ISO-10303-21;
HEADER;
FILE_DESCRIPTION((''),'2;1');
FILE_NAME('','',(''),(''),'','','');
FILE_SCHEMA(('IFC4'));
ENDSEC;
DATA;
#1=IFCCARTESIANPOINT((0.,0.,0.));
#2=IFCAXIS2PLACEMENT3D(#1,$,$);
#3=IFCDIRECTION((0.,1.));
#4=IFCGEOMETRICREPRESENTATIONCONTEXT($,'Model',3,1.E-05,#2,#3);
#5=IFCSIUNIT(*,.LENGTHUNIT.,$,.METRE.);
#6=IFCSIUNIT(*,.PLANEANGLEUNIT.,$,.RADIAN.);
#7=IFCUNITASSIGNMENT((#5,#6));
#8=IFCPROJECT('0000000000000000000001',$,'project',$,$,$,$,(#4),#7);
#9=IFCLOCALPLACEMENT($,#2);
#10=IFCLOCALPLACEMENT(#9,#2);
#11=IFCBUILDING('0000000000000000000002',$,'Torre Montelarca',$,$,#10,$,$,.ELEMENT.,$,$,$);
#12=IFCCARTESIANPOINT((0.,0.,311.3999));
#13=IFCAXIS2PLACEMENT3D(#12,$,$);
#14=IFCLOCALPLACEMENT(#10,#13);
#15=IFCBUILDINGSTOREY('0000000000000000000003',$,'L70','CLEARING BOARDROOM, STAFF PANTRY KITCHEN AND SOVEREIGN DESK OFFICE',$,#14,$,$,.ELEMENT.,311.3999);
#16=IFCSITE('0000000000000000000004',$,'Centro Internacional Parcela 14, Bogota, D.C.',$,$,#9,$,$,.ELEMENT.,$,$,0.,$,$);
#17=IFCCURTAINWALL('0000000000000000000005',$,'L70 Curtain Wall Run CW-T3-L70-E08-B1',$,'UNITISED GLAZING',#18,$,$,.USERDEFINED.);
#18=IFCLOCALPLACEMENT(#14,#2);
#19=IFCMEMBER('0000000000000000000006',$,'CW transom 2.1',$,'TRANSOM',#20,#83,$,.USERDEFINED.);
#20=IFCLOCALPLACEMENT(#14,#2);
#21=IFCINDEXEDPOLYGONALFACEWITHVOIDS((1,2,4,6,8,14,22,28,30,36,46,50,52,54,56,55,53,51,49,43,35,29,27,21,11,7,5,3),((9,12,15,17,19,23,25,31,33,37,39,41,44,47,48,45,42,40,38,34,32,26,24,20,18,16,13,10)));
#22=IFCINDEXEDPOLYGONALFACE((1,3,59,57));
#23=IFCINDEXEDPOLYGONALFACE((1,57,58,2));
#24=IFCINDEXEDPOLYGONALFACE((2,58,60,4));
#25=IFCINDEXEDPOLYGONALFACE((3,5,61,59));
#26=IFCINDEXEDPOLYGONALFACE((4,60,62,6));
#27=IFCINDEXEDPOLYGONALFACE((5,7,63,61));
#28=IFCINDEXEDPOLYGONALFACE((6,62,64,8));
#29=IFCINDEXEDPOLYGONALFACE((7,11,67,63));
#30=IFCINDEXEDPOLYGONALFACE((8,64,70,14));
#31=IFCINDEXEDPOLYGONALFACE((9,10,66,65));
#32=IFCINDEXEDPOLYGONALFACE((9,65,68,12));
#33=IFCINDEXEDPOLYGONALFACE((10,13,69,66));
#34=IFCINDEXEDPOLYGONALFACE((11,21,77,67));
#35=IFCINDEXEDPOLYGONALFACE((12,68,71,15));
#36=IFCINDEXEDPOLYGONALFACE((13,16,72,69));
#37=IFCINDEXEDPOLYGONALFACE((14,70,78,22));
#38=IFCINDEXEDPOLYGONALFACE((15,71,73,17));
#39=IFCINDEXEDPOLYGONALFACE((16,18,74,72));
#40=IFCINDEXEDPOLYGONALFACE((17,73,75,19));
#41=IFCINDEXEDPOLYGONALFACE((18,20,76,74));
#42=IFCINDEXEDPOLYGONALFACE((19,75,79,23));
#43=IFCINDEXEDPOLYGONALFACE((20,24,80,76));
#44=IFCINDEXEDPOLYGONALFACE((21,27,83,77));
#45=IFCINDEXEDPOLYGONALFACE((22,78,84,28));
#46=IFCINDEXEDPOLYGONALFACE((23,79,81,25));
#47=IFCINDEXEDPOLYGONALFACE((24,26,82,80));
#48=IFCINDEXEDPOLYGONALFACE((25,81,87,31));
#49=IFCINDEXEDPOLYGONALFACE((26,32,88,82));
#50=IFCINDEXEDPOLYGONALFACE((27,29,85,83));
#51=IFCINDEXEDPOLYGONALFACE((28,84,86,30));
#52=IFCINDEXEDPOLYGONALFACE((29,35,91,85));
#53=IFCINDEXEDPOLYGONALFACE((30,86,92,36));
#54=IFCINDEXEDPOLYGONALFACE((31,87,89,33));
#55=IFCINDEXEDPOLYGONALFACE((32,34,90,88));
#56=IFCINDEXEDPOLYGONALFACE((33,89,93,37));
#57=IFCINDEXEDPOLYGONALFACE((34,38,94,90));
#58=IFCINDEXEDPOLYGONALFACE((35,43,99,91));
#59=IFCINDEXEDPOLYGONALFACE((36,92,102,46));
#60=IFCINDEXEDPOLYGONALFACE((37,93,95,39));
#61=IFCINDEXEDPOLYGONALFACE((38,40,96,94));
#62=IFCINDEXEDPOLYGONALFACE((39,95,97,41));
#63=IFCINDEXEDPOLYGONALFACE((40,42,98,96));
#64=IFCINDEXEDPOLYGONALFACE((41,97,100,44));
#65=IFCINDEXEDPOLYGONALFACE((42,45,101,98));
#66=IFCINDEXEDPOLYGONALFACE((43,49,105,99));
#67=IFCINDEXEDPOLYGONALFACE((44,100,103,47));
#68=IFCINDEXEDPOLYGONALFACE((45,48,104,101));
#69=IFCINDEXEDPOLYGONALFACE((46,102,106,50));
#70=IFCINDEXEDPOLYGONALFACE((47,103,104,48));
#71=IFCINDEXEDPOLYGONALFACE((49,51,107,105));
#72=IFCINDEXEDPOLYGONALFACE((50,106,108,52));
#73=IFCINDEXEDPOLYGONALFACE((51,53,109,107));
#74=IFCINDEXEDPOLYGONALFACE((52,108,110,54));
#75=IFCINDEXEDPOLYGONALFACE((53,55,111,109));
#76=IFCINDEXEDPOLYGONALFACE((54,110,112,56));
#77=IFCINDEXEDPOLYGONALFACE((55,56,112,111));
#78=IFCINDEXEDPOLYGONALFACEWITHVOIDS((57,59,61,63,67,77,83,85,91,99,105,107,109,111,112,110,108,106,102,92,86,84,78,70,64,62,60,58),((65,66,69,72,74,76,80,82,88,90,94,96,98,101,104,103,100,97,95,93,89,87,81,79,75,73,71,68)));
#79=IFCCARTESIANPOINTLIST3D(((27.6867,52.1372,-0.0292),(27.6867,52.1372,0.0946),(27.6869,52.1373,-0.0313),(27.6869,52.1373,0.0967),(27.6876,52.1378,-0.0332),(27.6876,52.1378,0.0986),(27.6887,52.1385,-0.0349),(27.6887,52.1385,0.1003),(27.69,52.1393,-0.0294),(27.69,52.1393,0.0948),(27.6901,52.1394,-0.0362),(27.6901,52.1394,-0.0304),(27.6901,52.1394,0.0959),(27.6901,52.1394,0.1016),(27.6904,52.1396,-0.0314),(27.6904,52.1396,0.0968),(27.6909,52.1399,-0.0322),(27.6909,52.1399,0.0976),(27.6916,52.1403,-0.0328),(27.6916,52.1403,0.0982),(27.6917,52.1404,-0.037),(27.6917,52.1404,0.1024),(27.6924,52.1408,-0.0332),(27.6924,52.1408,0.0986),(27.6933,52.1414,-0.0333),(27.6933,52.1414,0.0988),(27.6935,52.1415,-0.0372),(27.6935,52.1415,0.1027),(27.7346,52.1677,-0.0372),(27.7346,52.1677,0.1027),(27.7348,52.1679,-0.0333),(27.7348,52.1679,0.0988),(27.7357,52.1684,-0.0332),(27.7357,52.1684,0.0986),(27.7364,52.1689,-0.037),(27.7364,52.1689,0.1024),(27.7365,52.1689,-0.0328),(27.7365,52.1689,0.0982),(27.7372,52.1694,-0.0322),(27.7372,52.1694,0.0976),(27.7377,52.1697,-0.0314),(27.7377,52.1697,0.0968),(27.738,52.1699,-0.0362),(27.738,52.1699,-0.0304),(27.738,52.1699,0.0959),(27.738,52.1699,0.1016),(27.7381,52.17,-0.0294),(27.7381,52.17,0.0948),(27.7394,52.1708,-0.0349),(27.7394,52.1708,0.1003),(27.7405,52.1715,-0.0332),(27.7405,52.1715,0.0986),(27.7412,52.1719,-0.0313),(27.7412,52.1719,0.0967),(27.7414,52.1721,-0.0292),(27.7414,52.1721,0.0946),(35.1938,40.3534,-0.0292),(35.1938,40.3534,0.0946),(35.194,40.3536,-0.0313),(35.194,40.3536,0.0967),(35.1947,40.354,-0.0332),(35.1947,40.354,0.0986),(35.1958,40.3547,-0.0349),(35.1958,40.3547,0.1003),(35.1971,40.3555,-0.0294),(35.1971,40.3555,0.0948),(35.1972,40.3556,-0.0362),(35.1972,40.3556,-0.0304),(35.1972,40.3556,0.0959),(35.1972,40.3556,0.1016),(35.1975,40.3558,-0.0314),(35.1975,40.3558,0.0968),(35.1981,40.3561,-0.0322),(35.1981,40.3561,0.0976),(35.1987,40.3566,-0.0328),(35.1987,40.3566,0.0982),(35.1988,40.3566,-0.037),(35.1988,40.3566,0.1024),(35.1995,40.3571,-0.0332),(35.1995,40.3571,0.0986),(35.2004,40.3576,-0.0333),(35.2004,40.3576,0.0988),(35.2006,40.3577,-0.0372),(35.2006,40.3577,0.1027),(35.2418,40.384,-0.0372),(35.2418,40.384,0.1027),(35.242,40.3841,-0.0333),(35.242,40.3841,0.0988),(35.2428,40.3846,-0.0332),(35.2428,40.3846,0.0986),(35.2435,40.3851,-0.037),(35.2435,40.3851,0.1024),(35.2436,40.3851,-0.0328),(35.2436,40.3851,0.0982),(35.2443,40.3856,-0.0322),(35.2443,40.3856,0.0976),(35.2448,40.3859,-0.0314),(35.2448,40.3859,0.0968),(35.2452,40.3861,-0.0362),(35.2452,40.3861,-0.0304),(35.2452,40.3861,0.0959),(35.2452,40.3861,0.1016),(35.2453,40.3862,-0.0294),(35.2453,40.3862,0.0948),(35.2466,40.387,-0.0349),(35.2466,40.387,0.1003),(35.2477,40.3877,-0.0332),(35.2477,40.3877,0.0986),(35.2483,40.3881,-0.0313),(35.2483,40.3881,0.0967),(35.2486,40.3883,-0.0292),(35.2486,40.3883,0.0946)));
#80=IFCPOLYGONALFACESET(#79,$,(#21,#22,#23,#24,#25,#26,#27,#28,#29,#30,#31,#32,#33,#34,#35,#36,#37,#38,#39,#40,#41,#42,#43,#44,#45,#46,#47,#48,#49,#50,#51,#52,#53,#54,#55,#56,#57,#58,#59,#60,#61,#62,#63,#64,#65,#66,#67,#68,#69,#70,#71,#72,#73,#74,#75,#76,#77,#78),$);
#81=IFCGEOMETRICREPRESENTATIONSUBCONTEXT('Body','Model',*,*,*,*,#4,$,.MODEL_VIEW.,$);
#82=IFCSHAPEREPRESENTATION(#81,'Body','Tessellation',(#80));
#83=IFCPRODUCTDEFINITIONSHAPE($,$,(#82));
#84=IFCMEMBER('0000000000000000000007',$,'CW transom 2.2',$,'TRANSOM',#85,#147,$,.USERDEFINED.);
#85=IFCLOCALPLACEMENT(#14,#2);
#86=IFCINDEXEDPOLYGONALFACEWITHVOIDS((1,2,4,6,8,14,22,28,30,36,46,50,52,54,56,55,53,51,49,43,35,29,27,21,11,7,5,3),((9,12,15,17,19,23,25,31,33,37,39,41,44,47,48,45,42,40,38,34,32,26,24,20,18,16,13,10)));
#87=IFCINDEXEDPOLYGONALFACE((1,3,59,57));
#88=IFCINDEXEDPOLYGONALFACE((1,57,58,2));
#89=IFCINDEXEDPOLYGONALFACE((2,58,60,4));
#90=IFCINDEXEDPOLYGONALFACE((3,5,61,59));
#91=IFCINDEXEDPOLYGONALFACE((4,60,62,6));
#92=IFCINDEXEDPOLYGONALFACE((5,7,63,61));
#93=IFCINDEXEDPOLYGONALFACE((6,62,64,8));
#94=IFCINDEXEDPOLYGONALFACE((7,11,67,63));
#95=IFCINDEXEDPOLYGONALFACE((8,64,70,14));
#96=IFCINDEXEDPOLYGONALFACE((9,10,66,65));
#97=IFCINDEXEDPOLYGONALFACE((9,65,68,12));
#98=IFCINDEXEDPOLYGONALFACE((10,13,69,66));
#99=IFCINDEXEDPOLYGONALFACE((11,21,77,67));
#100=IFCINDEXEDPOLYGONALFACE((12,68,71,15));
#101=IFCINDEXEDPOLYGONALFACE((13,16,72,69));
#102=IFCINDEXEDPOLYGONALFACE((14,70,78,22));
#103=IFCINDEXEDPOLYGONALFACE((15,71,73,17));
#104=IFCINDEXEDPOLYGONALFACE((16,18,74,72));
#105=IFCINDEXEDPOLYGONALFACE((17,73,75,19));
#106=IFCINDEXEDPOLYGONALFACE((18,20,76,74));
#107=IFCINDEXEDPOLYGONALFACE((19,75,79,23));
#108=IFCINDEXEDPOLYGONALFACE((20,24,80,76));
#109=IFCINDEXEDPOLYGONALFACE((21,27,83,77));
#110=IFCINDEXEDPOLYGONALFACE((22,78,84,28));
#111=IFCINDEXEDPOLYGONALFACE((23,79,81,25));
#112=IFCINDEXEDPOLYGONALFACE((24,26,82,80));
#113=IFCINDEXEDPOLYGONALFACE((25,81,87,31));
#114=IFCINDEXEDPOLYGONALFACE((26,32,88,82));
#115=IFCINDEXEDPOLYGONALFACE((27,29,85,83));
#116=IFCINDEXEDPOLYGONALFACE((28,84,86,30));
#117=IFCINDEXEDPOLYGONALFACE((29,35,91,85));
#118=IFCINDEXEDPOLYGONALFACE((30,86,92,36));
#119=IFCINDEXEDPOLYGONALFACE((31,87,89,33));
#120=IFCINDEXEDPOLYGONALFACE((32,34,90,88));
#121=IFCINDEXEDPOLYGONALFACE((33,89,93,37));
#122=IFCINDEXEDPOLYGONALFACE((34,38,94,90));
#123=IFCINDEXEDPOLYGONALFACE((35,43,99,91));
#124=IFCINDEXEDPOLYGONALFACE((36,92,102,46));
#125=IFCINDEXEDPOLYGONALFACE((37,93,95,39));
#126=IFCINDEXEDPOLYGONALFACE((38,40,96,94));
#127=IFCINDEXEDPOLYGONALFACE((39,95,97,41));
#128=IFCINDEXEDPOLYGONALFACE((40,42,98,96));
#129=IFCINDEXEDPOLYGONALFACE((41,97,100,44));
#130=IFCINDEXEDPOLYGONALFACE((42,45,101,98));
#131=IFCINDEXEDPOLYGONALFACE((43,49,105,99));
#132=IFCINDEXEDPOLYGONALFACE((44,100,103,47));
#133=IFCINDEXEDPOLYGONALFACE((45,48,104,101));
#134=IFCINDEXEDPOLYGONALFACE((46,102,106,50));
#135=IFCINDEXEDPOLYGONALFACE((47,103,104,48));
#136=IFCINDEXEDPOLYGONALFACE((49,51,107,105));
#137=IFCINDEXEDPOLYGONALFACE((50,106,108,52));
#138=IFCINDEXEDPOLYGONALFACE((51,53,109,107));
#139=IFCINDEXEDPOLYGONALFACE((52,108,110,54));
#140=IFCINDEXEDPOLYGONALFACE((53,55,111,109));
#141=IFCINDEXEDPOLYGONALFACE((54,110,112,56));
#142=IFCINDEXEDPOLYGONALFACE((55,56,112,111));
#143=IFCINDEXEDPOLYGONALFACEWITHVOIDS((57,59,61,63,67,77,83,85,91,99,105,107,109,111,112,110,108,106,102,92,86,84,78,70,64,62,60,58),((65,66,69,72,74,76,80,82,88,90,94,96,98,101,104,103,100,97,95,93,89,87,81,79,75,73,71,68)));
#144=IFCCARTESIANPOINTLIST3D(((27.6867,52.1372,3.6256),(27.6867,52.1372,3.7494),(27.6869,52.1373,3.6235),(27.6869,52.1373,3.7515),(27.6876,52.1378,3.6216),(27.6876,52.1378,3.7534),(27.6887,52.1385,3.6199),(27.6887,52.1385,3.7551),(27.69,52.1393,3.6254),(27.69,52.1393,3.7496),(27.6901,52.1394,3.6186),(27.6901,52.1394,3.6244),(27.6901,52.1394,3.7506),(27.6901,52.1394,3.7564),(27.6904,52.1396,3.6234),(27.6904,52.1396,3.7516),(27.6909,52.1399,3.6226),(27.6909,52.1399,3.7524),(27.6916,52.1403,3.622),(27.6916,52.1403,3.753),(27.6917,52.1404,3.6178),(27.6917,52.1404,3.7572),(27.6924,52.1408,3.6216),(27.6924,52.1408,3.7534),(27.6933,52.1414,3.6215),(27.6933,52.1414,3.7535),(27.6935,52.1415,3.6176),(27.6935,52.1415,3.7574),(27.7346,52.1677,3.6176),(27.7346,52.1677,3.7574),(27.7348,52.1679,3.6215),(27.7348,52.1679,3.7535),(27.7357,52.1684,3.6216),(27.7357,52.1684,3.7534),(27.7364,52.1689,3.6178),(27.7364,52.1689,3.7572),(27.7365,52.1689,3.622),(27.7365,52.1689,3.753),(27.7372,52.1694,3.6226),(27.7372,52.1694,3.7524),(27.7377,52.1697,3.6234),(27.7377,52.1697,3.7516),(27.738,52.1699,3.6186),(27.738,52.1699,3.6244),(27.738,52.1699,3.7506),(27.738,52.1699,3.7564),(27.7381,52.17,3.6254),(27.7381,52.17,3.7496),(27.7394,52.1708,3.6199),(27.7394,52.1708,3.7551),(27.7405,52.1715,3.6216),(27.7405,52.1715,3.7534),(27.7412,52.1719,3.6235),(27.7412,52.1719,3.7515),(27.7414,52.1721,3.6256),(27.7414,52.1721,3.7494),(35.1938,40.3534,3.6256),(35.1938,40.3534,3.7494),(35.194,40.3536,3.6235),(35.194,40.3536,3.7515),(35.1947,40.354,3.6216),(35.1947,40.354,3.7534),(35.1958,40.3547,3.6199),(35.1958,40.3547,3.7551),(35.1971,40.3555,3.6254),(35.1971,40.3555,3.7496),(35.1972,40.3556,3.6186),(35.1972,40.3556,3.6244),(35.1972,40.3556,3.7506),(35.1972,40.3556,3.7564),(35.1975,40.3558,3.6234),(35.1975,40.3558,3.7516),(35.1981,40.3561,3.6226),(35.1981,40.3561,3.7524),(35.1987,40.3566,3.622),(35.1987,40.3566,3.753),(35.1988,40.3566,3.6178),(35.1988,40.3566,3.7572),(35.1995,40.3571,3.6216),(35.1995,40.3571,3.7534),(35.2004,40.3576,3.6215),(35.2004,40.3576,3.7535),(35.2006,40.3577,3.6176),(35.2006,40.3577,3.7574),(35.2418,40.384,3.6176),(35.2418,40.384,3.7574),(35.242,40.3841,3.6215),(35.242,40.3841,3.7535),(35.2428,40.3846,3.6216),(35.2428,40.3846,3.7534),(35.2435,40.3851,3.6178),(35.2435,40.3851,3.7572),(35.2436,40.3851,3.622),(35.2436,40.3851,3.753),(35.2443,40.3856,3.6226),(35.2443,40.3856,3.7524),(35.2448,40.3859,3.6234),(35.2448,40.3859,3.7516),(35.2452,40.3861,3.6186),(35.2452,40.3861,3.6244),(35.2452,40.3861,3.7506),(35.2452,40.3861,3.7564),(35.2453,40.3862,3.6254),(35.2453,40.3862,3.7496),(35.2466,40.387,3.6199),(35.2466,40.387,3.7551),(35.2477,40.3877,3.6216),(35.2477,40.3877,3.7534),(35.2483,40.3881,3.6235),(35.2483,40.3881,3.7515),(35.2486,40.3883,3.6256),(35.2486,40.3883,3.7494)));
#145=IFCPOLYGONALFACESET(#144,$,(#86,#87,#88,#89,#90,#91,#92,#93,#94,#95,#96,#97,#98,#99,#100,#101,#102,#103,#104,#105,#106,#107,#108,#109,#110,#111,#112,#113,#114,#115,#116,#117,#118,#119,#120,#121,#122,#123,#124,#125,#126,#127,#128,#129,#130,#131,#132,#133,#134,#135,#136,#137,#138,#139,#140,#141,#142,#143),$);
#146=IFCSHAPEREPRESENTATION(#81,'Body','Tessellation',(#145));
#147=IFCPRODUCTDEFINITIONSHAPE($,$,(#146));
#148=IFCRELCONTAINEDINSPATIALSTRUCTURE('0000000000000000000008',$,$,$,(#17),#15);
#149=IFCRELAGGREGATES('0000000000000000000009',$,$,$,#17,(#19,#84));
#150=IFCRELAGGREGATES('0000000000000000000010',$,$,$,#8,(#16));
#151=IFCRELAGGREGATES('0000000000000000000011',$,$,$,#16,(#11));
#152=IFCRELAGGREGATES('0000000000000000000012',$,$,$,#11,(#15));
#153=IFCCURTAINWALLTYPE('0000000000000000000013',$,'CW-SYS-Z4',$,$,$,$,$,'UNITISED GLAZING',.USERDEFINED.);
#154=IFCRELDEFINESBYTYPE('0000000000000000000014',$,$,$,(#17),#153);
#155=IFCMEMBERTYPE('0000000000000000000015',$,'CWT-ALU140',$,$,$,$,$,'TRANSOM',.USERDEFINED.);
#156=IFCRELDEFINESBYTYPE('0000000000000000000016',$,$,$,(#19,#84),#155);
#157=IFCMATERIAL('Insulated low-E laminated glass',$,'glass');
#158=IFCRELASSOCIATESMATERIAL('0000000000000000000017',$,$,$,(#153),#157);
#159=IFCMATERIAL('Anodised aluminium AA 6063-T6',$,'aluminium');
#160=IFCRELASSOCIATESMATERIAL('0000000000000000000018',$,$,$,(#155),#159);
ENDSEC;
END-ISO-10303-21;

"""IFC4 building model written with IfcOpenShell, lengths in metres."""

from ifc_helpers import new_model, si_unit, direction, frame, origin, origin_2d, place, context, subcontext, project, spatial, hollow_rectangle, extrude, source, transform, mapped, material, material_profile, profile_set, type_object, element, aggregate, save


model = new_model("IFC4")

# Units and contexts
model_context = context("Model", 3, precision=1e-05, world=origin(), true_north=direction((0.0, 1.0)))
body_context = subcontext(model_context, "Body", "Model", "MODEL_VIEW")
ifc_project = project(units=[si_unit("LENGTHUNIT", "METRE"), si_unit("PLANEANGLEUNIT", "RADIAN")], contexts=[model_context])

# Site, building, storey
site_placement = place(None, origin())
site = spatial("IfcSite", under=ifc_project, at=site_placement, Name="Centro Internacional Parcela 14, Bogota, D.C.", CompositionType="ELEMENT", RefElevation=0.0)
building_placement = place(site_placement, origin())
building = spatial("IfcBuilding", under=site, at=building_placement, Name="Torre Montelarca", CompositionType="ELEMENT")
storey_placement = place(building_placement, frame((0.0, 0.0, 311.3999)))
storey = spatial("IfcBuildingStorey", under=building, at=storey_placement, Name="L70", Description="CLEARING BOARDROOM, STAFF PANTRY KITCHEN AND SOVEREIGN DESK OFFICE", CompositionType="ELEMENT", Elevation=311.3999)

# Curtain wall
ifc_material_1 = material(Name="Insulated low-E laminated glass", Category="glass")
curtain_wall_type = type_object("IfcCurtainWallType", Name="CW-SYS-Z4", ElementType="UNITISED GLAZING", PredefinedType="USERDEFINED", material=ifc_material_1)
curtain_wall_1_placement = place(storey_placement, origin())
curtain_wall_1 = element("IfcCurtainWall", 1, at=curtain_wall_1_placement, inside=storey, type_object=curtain_wall_type, Name="L70 Curtain Wall Run CW-T3-L70-E08-B1", ObjectType="UNITISED GLAZING", PredefinedType="USERDEFINED")
ifc_material_2 = material(Name="Anodised aluminium AA 6063-T6", Category="aluminium")
ifc_material_profile_1 = material_profile(ifc_material_2, hollow_rectangle(XDim=0.0649, YDim=0.1399, WallThickness=0.0039, InnerFilletRadius=0.0039, OuterFilletRadius=0.0081, at=origin_2d()), Name="ALU65X140X4", Category="aluminium")
ifc_profile_set_1 = profile_set([ifc_material_profile_1], Name="Anodised aluminium AA 6063-T6")
member_type_1 = type_object("IfcMemberType", Name="CWT-ALU140", ElementType="TRANSOM", PredefinedType="USERDEFINED", material=ifc_profile_set_1)

# Members
shared_shape_1 = source(origin(), body_context, "Body", "SweptSolid", [
    extrude(hollow_rectangle(XDim=0.0649, YDim=0.1399, WallThickness=0.0039, InnerFilletRadius=0.0039, OuterFilletRadius=0.0081, at=origin_2d()), origin(), (0.0, 0.0, 1.0), 13.9719),
])
member_1_placement = place(storey_placement, frame((35.2212, 40.3708, 0.0327), z_axis=(-0.537302, 0.84339, 0.0), x_axis=(-0.84339, -0.537302, 0.0)))
member_1 = element("IfcMember", 2, at=member_1_placement, type_object=member_type_1, Name="CW transom 2.1", ObjectType="TRANSOM", PredefinedType="USERDEFINED", context=body_context, shape_type="MappedRepresentation", body=[
    mapped(shared_shape_1, transform((0.0, 0.0, 0.0), scale=1.0)),
])
member_2_placement = place(storey_placement, frame((35.2212, 40.3708, 3.6875), z_axis=(-0.537302, 0.84339, 0.0), x_axis=(-0.84339, -0.537302, 0.0)))
member_2 = element("IfcMember", 3, at=member_2_placement, type_object=member_type_1, Name="CW transom 2.2", ObjectType="TRANSOM", PredefinedType="USERDEFINED", context=body_context, shape_type="MappedRepresentation", body=[
    mapped(shared_shape_1, transform((0.0, 0.0, 0.0), scale=1.0)),
])

aggregate(curtain_wall_1, [member_1, member_2])

save(model, "model.ifc")
